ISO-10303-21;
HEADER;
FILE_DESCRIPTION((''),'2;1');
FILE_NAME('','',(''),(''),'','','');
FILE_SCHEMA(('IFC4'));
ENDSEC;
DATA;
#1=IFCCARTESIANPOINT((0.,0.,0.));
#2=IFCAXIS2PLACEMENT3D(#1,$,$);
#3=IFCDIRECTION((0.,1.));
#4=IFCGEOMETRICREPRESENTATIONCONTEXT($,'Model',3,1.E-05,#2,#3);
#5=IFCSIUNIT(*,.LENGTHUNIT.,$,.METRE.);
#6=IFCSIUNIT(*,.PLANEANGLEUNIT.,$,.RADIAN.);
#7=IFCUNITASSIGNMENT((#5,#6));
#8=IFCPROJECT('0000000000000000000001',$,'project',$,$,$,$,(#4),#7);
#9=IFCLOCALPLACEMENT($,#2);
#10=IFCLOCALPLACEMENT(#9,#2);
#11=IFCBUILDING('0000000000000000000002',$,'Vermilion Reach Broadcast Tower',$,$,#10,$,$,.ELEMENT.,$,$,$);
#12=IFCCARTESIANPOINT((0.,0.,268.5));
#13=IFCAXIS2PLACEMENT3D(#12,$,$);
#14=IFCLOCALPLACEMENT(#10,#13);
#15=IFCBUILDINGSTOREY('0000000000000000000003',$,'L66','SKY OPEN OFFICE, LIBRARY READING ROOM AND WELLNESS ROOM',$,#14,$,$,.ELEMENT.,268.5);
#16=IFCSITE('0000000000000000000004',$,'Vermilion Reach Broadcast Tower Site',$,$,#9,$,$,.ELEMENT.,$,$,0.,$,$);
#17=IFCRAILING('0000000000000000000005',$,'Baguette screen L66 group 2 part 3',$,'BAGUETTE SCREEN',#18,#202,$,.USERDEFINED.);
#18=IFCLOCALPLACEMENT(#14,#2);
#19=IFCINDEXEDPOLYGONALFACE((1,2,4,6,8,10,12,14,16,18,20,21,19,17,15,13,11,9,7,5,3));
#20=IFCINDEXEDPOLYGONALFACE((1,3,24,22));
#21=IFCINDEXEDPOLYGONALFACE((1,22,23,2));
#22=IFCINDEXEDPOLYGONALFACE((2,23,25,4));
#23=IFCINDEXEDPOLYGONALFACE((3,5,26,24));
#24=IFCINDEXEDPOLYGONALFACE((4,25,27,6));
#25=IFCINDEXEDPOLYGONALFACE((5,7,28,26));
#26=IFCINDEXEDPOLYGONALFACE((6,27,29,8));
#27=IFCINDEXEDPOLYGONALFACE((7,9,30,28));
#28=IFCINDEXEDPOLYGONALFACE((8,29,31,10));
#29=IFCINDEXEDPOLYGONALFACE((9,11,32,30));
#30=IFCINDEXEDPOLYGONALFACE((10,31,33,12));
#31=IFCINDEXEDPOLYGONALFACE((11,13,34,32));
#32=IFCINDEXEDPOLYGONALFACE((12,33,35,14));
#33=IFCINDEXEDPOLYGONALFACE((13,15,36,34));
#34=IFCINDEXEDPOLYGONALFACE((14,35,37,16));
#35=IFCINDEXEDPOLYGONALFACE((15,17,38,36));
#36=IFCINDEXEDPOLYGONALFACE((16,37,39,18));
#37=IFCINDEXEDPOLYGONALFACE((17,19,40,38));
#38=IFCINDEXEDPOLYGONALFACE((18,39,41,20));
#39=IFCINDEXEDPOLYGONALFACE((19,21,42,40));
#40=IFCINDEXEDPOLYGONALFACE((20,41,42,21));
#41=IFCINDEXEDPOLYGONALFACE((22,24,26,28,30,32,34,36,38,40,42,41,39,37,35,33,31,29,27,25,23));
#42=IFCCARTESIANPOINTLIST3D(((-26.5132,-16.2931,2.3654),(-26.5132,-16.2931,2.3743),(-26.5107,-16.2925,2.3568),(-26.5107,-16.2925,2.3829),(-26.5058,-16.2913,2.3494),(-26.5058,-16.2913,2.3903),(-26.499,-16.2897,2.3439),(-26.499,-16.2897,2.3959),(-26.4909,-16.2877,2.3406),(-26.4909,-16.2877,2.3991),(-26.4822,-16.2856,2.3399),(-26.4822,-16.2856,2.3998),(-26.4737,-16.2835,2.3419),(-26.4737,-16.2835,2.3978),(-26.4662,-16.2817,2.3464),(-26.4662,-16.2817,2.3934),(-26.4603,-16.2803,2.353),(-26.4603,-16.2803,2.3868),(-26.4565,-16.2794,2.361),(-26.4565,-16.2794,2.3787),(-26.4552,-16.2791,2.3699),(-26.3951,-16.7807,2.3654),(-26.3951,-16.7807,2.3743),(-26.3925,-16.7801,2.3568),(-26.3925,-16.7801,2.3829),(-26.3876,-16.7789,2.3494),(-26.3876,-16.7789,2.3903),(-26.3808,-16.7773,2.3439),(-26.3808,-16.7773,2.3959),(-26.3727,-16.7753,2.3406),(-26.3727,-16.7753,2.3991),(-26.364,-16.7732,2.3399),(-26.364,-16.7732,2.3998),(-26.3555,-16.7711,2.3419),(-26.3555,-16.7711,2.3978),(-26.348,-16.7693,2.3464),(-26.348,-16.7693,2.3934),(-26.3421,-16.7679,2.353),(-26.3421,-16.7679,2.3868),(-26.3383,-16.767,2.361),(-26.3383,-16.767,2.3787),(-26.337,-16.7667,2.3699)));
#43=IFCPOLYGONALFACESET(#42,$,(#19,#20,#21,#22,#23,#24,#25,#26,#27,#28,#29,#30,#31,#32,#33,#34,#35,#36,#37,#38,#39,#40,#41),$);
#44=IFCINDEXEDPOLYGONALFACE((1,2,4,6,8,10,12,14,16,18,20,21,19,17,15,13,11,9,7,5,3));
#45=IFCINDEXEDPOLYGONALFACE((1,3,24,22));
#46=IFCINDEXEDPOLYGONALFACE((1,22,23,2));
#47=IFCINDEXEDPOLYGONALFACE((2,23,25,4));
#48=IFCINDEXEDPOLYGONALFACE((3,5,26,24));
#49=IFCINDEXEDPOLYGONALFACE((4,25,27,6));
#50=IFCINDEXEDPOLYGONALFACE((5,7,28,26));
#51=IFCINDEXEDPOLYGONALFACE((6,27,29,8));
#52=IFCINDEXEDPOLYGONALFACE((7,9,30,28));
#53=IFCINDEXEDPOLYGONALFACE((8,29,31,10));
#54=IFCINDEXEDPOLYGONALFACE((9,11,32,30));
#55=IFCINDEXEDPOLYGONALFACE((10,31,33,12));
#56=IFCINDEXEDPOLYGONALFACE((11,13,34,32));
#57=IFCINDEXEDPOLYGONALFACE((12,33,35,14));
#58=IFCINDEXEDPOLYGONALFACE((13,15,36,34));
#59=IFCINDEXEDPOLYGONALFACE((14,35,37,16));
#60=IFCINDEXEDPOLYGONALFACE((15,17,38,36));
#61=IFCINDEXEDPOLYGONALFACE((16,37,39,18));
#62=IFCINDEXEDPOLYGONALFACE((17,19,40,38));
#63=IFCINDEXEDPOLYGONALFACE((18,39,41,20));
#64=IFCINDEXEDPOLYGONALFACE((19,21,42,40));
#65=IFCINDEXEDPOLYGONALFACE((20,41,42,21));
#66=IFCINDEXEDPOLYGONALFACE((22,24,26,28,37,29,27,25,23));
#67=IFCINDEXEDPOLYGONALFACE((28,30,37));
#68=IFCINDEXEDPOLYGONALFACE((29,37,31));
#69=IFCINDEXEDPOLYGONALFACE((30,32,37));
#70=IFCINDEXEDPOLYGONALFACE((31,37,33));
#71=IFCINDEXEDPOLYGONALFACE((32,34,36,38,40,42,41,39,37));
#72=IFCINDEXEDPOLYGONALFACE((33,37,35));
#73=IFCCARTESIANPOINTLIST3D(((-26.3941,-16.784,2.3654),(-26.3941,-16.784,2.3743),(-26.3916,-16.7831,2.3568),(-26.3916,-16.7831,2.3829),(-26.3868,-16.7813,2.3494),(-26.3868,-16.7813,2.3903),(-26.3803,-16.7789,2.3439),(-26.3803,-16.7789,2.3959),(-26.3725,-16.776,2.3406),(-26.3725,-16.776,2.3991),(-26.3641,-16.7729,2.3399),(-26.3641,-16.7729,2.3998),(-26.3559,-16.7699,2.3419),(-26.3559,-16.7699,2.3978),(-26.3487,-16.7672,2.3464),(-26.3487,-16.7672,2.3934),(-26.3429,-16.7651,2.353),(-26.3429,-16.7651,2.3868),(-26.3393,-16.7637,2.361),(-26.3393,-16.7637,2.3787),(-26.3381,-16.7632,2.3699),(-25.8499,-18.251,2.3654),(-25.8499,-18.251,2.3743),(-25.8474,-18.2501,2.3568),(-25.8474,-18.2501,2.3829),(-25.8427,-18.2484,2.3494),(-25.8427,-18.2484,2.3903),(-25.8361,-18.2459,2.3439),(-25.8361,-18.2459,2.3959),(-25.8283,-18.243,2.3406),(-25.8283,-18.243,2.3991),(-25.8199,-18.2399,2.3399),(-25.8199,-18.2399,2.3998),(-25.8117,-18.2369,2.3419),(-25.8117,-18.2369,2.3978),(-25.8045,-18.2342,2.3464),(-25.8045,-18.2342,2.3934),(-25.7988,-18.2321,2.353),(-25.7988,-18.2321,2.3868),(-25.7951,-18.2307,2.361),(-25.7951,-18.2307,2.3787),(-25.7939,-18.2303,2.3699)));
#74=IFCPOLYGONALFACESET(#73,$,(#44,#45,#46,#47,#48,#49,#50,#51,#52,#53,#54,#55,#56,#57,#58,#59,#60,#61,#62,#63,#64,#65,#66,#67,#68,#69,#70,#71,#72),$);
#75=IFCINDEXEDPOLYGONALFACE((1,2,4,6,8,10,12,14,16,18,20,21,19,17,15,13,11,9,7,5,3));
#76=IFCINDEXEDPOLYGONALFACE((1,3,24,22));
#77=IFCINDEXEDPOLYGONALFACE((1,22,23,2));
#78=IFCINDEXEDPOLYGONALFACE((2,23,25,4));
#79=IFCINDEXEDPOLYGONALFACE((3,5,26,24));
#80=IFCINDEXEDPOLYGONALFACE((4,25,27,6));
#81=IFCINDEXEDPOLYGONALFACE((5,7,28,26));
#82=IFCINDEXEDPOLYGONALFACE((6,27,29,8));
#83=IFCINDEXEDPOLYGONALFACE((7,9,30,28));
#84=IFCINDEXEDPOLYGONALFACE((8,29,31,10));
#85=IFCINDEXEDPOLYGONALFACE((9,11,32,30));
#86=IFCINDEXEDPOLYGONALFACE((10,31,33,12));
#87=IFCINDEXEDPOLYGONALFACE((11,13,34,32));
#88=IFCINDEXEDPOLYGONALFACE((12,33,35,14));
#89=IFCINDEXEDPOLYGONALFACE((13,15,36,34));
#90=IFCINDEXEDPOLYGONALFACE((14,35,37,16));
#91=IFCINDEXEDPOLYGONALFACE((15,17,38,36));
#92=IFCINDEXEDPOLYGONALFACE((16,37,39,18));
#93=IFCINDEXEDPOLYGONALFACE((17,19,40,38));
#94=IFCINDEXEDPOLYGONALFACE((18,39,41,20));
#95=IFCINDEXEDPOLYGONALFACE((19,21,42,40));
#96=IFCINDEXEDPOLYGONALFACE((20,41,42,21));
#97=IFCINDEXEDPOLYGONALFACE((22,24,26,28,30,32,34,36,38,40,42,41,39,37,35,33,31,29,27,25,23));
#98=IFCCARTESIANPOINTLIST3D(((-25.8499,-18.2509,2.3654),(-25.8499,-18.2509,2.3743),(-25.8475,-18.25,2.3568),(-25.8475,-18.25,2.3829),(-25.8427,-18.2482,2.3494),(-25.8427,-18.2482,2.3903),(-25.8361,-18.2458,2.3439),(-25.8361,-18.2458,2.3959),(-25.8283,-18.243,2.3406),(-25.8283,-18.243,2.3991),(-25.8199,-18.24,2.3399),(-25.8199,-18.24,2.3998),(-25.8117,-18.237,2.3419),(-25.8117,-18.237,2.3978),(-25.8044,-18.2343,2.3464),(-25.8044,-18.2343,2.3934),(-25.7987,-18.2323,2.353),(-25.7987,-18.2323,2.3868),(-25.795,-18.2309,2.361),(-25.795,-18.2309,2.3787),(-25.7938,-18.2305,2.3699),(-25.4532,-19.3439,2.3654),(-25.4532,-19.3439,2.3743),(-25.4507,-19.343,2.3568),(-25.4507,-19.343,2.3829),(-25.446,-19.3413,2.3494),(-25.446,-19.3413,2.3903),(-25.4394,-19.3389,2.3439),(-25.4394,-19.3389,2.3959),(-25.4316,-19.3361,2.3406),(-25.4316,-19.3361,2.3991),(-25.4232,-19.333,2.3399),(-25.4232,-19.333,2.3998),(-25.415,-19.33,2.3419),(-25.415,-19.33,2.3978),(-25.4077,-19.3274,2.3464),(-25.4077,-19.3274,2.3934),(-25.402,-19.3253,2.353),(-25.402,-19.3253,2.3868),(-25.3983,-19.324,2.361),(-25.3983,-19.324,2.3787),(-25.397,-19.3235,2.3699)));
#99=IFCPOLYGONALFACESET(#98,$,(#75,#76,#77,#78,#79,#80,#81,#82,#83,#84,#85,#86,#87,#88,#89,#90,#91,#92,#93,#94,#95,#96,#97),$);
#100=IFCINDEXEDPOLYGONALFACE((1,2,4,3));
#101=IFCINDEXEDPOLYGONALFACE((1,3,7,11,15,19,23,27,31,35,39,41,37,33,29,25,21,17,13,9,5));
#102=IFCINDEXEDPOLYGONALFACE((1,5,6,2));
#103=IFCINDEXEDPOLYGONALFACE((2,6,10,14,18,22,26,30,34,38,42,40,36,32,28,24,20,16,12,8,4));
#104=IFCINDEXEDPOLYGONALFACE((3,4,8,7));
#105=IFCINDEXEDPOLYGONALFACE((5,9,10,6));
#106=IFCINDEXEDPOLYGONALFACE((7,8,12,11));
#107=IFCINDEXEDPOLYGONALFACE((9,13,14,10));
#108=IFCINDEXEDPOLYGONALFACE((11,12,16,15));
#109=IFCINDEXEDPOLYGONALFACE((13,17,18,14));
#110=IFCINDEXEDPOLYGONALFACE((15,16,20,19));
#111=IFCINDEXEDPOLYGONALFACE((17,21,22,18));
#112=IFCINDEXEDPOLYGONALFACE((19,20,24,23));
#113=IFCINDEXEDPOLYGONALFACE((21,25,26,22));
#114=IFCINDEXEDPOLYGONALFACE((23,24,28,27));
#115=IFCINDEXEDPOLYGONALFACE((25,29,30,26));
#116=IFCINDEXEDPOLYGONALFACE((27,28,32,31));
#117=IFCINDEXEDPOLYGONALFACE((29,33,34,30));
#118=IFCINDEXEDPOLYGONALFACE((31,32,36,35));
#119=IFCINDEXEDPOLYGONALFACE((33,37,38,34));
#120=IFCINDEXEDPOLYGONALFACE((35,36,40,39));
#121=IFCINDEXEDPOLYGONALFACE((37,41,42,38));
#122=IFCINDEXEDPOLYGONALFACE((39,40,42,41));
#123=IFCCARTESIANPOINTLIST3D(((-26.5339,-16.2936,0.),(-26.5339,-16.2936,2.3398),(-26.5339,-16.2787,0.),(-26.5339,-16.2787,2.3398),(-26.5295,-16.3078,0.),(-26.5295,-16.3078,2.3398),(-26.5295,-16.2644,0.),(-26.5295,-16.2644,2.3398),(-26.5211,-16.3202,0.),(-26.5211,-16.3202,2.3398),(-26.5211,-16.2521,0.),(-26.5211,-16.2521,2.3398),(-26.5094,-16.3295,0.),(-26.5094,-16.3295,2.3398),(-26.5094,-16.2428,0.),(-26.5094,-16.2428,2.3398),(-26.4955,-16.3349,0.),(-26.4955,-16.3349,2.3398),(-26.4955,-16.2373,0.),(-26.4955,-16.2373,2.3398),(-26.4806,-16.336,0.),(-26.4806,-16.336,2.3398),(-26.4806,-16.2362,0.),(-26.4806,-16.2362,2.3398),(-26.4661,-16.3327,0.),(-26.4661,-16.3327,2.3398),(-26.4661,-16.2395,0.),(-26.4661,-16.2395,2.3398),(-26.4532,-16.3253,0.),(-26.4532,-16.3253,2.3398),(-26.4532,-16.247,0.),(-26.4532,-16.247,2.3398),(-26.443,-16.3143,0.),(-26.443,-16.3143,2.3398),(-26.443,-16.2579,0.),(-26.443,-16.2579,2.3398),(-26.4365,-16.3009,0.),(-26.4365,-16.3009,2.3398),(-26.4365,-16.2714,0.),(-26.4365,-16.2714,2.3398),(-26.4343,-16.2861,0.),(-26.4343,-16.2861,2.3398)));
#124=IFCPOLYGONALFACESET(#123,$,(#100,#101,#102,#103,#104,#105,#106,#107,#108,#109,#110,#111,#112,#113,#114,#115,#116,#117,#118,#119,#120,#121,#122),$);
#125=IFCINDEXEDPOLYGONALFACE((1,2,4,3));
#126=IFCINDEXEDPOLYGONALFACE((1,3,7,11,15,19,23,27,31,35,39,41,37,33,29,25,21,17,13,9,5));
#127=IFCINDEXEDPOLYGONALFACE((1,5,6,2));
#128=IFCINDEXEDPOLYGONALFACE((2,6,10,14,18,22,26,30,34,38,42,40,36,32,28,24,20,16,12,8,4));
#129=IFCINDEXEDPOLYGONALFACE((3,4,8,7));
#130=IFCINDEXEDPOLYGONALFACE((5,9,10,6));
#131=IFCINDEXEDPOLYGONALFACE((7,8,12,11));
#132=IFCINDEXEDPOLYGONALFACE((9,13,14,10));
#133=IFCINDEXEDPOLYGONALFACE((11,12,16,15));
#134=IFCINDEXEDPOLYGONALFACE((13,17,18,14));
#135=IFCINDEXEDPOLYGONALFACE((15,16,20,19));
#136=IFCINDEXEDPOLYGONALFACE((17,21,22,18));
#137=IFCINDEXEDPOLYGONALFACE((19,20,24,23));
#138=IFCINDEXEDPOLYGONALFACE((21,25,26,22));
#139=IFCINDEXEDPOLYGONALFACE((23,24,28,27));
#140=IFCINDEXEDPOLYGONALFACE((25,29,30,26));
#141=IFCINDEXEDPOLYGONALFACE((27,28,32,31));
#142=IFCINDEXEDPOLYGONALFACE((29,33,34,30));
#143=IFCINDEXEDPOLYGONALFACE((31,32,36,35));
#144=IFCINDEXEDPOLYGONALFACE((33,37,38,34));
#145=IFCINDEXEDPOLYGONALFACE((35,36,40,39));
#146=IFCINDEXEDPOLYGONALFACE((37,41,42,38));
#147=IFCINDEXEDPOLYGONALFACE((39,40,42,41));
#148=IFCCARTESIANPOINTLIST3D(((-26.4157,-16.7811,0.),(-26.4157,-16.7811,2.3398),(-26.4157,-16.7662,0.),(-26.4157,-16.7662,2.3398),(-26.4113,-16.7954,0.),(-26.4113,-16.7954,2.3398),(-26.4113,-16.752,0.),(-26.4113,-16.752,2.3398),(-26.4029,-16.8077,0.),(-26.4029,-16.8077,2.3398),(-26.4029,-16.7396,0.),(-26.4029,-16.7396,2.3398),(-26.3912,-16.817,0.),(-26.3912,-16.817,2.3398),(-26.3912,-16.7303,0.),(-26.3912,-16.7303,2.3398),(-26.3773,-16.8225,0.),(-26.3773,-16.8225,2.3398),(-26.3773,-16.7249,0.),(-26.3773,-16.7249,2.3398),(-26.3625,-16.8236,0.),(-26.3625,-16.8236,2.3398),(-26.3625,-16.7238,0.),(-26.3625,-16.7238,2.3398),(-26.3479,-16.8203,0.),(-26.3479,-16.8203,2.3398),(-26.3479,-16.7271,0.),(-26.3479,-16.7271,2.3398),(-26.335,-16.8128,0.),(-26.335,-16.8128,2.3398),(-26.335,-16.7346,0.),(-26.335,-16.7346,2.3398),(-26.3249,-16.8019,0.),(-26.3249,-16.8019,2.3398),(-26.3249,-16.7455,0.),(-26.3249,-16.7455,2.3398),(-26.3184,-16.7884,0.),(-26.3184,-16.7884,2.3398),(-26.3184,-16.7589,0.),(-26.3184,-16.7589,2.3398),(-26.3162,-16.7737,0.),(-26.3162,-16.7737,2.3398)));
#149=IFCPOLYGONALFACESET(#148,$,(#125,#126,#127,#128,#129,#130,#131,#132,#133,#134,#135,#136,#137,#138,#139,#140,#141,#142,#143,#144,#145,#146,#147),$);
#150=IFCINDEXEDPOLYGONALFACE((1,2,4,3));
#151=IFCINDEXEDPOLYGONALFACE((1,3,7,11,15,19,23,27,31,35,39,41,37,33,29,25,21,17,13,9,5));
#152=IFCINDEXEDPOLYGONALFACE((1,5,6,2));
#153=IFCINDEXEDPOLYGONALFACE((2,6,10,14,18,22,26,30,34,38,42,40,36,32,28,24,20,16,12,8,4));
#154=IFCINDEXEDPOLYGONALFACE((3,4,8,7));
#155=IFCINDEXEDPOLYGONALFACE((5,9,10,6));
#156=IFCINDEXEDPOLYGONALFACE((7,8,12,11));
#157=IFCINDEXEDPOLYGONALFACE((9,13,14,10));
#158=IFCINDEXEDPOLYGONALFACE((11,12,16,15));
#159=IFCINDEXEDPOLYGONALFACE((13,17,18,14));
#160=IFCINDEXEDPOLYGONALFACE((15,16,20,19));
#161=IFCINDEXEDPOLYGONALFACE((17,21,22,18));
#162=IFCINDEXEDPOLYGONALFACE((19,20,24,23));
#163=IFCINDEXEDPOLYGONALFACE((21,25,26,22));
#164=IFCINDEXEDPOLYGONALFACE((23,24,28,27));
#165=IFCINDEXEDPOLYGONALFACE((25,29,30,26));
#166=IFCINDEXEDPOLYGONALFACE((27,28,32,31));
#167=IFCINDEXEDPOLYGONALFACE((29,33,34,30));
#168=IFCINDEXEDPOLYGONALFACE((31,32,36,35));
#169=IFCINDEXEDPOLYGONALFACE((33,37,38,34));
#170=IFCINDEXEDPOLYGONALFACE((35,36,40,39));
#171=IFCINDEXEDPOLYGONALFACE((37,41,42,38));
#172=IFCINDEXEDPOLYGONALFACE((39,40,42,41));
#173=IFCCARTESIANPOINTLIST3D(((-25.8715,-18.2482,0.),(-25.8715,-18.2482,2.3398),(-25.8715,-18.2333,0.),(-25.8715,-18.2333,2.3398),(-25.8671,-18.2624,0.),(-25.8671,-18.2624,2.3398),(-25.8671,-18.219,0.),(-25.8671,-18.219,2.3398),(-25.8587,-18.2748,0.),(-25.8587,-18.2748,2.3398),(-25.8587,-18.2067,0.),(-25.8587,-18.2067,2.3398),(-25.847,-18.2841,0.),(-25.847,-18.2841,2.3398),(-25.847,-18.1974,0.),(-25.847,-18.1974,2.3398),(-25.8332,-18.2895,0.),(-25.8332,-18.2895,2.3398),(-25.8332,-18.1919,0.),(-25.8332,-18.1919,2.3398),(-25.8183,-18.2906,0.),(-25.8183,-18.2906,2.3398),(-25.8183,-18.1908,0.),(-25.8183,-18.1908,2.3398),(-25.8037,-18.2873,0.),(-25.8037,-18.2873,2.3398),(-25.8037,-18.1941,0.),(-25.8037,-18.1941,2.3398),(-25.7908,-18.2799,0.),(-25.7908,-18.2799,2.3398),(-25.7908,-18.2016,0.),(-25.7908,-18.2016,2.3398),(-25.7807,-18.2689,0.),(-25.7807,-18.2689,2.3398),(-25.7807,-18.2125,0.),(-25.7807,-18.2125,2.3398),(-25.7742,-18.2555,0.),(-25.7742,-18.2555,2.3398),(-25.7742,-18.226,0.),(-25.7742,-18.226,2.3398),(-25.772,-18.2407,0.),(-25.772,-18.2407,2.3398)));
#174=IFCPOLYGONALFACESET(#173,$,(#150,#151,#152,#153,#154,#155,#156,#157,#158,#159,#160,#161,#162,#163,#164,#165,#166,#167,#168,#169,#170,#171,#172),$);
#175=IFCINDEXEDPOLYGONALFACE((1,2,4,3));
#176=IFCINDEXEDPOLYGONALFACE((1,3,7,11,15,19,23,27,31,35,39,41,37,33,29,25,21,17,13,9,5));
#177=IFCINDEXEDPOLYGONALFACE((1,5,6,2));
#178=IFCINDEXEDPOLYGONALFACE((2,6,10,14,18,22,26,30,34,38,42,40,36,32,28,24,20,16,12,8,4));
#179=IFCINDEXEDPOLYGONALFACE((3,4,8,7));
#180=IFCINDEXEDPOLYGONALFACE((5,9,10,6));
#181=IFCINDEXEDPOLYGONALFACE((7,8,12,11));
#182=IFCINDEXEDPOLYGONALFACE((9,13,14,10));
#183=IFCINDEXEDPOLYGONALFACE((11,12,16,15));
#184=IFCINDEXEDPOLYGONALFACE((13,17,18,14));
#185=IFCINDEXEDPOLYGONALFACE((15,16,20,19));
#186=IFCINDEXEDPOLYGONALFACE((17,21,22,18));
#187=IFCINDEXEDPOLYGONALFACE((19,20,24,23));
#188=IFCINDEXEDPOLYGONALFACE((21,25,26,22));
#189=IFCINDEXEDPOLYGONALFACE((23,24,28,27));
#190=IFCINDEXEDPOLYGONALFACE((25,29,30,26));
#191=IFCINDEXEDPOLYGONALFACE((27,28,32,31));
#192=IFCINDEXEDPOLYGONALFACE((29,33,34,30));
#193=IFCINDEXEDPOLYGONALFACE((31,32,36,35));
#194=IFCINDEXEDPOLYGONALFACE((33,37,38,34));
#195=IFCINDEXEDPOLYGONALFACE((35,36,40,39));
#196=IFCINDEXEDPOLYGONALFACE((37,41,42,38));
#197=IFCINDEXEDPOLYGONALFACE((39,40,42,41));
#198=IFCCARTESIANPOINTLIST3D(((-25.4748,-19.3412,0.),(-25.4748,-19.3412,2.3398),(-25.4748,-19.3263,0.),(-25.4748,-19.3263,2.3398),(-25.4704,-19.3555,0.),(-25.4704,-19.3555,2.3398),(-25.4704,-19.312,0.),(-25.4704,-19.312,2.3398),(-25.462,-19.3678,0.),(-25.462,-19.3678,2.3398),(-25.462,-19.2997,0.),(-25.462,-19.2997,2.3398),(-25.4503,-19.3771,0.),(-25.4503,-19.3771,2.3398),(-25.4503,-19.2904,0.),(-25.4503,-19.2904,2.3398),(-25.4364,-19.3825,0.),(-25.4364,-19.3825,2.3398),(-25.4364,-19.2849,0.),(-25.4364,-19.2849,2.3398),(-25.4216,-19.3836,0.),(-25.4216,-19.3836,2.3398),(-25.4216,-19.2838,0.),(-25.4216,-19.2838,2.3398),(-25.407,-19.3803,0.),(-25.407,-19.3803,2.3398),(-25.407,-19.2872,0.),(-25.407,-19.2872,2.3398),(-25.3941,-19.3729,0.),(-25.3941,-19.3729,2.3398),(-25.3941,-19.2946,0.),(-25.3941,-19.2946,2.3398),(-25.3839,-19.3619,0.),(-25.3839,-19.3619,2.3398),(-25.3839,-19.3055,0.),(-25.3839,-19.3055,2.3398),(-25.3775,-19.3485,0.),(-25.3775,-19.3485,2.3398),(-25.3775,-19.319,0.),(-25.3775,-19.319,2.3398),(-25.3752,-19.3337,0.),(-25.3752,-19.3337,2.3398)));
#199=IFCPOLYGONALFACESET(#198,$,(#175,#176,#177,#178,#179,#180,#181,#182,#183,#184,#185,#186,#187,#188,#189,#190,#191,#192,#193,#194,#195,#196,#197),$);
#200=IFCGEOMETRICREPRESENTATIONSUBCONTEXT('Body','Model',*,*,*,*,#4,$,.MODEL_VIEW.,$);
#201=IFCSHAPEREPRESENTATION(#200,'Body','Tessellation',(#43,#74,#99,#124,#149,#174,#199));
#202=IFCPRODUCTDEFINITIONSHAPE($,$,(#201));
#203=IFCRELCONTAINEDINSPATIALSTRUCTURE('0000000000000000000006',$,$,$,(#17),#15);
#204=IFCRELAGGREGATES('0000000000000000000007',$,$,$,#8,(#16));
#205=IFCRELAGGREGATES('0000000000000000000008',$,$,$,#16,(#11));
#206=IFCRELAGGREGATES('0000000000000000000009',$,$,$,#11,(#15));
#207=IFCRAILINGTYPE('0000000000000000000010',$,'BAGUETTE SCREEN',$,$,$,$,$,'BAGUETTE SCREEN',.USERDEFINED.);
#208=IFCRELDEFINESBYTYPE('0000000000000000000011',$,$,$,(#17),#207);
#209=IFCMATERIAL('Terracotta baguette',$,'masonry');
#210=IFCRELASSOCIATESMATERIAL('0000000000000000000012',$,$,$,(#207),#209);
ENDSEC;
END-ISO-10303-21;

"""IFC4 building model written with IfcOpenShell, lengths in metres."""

from ifc_helpers import new_model, si_unit, direction, frame, origin, origin_2d, place, context, subcontext, project, spatial, circle, extrude, material, type_object, element, save


model = new_model("IFC4")

# Units and contexts
model_context = context("Model", 3, precision=1e-05, world=origin(), true_north=direction((0.0, 1.0)))
body_context = subcontext(model_context, "Body", "Model", "MODEL_VIEW")
ifc_project = project(units=[si_unit("LENGTHUNIT", "METRE"), si_unit("PLANEANGLEUNIT", "RADIAN")], contexts=[model_context])

# Site, building, storey
site_placement = place(None, origin())
site = spatial("IfcSite", under=ifc_project, at=site_placement, Name="Vermilion Reach Broadcast Tower Site", CompositionType="ELEMENT", RefElevation=0.0)
building_placement = place(site_placement, origin())
building = spatial("IfcBuilding", under=site, at=building_placement, Name="Vermilion Reach Broadcast Tower", CompositionType="ELEMENT")
storey_placement = place(building_placement, frame((0.0, 0.0, 268.5)))
storey = spatial("IfcBuildingStorey", under=building, at=storey_placement, Name="L66", Description="SKY OPEN OFFICE, LIBRARY READING ROOM AND WELLNESS ROOM", CompositionType="ELEMENT", Elevation=268.5)

# Railing
ifc_material_1 = material(Name="Terracotta baguette", Category="masonry")
railing_type = type_object("IfcRailingType", Name="BAGUETTE SCREEN", ElementType="BAGUETTE SCREEN", PredefinedType="USERDEFINED", material=ifc_material_1)
railing_placement = place(storey_placement, frame((-26.4844, -16.2861, 0.0)))
element("IfcRailing", 1, at=railing_placement, inside=storey, type_object=railing_type, Name="Baguette screen L66 group 2 part 3", ObjectType="BAGUETTE SCREEN", PredefinedType="USERDEFINED", context=body_context, shape_type="SweptSolid", body=[
    extrude(circle(Radius=0.03, at=origin_2d()), frame((0.0, 0.0, 2.3699), z_axis=(0.235544, -0.971864, 0.0), x_axis=(0.971864, 0.235544, 0.0)), (0.0, 0.0, 1.0), 0.5017),
    extrude(circle(Radius=0.03, at=origin_2d()), frame((0.1182, -0.4875, 2.3699), z_axis=(0.347787, -0.937574, 0.0), x_axis=(0.937574, 0.347787, 0.0)), (0.0, 0.0, 1.0), 1.5647),
    extrude(circle(Radius=0.03, at=origin_2d()), frame((0.6624, -1.9546, 2.3699), z_axis=(0.341187, -0.939996, 0.0), x_axis=(0.939996, 0.341187, 0.0)), (0.0, 0.0, 1.0), 1.1628),
    extrude(circle(Radius=0.05, at=origin_2d()), origin(), (0.0, 0.0, 1.0), 2.3398),
    extrude(circle(Radius=0.05, at=origin_2d()), frame((0.1182, -0.4875, 0.0)), (0.0, 0.0, 1.0), 2.3398),
    extrude(circle(Radius=0.05, at=origin_2d()), frame((0.6624, -1.9546, 0.0)), (0.0, 0.0, 1.0), 2.3398),
    extrude(circle(Radius=0.05, at=origin_2d()), frame((1.0591, -3.0476, 0.0)), (0.0, 0.0, 1.0), 2.3398),
])

save(model, "model.ifc")
